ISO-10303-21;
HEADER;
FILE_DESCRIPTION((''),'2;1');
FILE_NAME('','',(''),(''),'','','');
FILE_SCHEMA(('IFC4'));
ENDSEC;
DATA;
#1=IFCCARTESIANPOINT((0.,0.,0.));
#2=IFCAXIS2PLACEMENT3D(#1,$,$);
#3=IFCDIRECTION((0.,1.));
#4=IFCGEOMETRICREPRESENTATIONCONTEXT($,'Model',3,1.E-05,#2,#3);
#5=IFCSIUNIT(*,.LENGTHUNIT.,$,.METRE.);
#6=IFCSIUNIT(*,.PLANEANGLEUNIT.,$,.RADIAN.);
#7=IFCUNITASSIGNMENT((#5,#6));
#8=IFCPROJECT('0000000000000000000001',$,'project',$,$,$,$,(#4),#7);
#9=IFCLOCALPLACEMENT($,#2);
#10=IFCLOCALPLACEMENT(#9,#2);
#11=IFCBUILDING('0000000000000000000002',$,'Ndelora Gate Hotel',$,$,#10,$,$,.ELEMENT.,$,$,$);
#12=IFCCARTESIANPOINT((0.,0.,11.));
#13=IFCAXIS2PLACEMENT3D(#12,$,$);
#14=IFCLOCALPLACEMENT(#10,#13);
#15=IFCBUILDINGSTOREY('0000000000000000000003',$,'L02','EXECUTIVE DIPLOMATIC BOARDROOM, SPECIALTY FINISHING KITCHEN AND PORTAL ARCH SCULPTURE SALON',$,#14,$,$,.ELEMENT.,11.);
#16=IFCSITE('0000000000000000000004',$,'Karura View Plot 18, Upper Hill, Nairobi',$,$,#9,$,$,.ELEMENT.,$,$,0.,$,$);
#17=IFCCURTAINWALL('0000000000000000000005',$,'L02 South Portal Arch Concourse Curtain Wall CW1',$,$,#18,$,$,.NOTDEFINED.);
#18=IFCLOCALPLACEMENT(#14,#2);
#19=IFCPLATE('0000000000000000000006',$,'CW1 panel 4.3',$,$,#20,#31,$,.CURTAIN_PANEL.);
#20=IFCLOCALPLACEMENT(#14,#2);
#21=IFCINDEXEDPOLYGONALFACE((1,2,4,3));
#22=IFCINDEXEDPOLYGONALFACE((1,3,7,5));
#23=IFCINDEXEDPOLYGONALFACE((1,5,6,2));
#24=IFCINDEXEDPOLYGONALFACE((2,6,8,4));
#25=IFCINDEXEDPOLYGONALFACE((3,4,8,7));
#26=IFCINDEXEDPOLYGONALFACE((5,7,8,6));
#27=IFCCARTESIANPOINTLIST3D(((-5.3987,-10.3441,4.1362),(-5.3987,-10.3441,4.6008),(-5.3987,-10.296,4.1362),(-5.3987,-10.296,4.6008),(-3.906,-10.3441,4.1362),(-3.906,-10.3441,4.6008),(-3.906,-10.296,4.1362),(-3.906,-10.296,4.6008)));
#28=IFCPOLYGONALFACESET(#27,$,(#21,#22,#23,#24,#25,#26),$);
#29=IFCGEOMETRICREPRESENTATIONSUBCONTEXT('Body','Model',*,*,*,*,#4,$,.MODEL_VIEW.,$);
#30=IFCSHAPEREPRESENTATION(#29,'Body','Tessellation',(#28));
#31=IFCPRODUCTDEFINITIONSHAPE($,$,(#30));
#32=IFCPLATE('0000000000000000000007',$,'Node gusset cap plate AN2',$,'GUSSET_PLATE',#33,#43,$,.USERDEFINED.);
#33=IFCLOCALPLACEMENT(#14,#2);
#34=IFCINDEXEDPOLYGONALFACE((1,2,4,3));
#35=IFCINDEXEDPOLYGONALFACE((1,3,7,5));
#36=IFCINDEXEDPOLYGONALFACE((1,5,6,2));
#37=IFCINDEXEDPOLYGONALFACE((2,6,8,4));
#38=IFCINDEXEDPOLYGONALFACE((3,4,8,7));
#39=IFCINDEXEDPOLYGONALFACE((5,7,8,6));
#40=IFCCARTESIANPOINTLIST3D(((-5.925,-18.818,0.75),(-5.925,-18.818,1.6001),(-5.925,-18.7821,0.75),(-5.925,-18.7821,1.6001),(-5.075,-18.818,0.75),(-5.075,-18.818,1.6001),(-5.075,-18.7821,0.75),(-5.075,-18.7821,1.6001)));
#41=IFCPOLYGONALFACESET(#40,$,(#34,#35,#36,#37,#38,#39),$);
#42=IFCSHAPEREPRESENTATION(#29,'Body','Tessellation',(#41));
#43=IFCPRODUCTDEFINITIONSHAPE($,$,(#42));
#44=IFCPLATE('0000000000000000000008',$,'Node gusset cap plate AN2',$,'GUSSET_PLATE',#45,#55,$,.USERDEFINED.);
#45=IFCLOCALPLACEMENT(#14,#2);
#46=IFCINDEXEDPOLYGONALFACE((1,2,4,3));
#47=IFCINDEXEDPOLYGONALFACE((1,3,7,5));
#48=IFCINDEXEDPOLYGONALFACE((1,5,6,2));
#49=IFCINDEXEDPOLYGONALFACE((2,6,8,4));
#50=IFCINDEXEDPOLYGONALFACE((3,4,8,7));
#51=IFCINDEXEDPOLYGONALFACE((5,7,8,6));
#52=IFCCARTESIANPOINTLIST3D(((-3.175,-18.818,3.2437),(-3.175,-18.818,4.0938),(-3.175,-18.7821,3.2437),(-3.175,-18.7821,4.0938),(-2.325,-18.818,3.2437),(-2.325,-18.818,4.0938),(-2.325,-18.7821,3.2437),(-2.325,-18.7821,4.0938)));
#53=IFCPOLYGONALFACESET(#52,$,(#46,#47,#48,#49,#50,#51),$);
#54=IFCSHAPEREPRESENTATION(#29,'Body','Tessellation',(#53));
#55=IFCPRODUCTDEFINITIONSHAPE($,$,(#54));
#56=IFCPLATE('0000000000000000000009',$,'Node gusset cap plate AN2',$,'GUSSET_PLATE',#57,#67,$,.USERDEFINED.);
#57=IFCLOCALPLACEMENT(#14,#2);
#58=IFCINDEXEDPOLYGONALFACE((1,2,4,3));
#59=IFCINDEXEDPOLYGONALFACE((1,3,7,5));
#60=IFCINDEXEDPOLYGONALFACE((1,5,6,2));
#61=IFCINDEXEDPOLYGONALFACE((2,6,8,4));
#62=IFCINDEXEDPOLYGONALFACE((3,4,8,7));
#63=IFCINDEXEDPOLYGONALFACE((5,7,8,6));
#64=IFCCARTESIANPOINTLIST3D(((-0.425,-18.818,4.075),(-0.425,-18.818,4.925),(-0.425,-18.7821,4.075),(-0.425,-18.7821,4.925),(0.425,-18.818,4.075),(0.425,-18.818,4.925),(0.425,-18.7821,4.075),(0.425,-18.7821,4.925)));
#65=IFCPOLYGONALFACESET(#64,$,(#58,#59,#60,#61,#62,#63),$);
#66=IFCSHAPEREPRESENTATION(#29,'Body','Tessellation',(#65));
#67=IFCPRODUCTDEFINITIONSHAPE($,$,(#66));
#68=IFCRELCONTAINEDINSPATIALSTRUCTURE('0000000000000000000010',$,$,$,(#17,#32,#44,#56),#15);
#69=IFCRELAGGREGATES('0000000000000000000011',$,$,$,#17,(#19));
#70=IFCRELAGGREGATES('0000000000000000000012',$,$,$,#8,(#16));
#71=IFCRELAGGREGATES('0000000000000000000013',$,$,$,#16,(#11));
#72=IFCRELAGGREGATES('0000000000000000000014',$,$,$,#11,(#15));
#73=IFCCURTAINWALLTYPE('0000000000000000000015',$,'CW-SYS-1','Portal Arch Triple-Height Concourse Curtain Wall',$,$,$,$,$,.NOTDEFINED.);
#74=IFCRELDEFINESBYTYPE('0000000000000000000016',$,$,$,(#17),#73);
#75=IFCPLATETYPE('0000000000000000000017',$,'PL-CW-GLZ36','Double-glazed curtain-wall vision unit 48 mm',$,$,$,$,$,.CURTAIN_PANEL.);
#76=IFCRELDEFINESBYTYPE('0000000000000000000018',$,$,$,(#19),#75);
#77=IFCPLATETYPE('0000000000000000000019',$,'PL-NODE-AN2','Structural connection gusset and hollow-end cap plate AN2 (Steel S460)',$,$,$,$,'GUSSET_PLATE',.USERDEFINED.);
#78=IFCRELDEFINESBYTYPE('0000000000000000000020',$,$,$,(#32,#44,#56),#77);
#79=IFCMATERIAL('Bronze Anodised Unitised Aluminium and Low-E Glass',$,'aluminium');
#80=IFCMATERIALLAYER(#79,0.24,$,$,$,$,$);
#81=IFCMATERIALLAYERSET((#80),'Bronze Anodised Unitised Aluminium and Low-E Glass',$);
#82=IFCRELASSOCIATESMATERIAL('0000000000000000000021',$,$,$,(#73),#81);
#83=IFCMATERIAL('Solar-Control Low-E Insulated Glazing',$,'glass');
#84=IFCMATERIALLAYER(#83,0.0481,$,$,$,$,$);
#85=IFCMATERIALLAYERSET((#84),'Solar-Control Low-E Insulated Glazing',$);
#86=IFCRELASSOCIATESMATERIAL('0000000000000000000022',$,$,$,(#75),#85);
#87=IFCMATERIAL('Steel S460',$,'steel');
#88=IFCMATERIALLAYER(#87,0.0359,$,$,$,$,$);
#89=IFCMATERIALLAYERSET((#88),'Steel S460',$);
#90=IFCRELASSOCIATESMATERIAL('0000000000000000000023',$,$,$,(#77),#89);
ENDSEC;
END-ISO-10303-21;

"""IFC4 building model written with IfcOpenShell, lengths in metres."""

from ifc_helpers import new_model, si_unit, direction, frame, origin, origin_2d, place, context, subcontext, project, spatial, rectangle, extrude, material, layer, layer_set, type_object, element, aggregate, save


model = new_model("IFC4")

# Units and contexts
model_context = context("Model", 3, precision=1e-05, world=origin(), true_north=direction((0.0, 1.0)))
body_context = subcontext(model_context, "Body", "Model", "MODEL_VIEW")
ifc_project = project(units=[si_unit("LENGTHUNIT", "METRE"), si_unit("PLANEANGLEUNIT", "RADIAN")], contexts=[model_context])

# Site, building, storey
site_placement = place(None, origin())
site = spatial("IfcSite", under=ifc_project, at=site_placement, Name="Karura View Plot 18, Upper Hill, Nairobi", CompositionType="ELEMENT", RefElevation=0.0)
building_placement = place(site_placement, origin())
building = spatial("IfcBuilding", under=site, at=building_placement, Name="Ndelora Gate Hotel", CompositionType="ELEMENT")
storey_placement = place(building_placement, frame((0.0, 0.0, 11.0)))
storey = spatial("IfcBuildingStorey", under=building, at=storey_placement, Name="L02", Description="EXECUTIVE DIPLOMATIC BOARDROOM, SPECIALTY FINISHING KITCHEN AND PORTAL ARCH SCULPTURE SALON", CompositionType="ELEMENT", Elevation=11.0)

# Shared definitions
ifc_material_1 = material(Name="Steel S460", Category="steel")

# Curtain wall, plate
ifc_material_2 = material(Name="Bronze Anodised Unitised Aluminium and Low-E Glass", Category="aluminium")
ifc_layer_1 = layer(ifc_material_2, 0.24)
ifc_layer_set_1 = layer_set([ifc_layer_1], Name="Bronze Anodised Unitised Aluminium and Low-E Glass")
curtain_wall_type = type_object("IfcCurtainWallType", Name="CW-SYS-1", Description="Portal Arch Triple-Height Concourse Curtain Wall", PredefinedType="NOTDEFINED", material=ifc_layer_set_1)
curtain_wall_placement = place(storey_placement, origin())
curtain_wall = element("IfcCurtainWall", 1, at=curtain_wall_placement, inside=storey, type_object=curtain_wall_type, Name="L02 South Portal Arch Concourse Curtain Wall CW1", PredefinedType="NOTDEFINED")
ifc_material_3 = material(Name="Solar-Control Low-E Insulated Glazing", Category="glass")
ifc_layer_2 = layer(ifc_material_3, 0.0481)
ifc_layer_set_2 = layer_set([ifc_layer_2], Name="Solar-Control Low-E Insulated Glazing")
plate_type_1 = type_object("IfcPlateType", Name="PL-CW-GLZ36", Description="Double-glazed curtain-wall vision unit 48 mm", PredefinedType="CURTAIN_PANEL", material=ifc_layer_set_2)
plate_1_placement = place(storey_placement, frame((-4.6523, -10.3201, 4.1362), z_axis=(0.0, 0.0, 1.0), x_axis=(1.0, 0.0, 0.0)))
plate_1 = element("IfcPlate", 2, at=plate_1_placement, type_object=plate_type_1, Name="CW1 panel 4.3", PredefinedType="CURTAIN_PANEL", context=body_context, shape_type="SweptSolid", body=[
    extrude(rectangle(XDim=1.4927, YDim=0.0481, at=origin_2d()), origin(), (0.0, 0.0, 1.0), 0.4646),
])
aggregate(curtain_wall, [plate_1])

# Plates
ifc_layer_3 = layer(ifc_material_1, 0.0359)
ifc_layer_set_3 = layer_set([ifc_layer_3], Name="Steel S460")
plate_type_2 = type_object("IfcPlateType", Name="PL-NODE-AN2", Description="Structural connection gusset and hollow-end cap plate AN2 (Steel S460)", ElementType="GUSSET_PLATE", PredefinedType="USERDEFINED", material=ifc_layer_set_3)
for number, where, z_axis, x_axis, name in (
    (3, (-5.5, -18.8, 0.75), (0.0, 0.0, 1.0), (1.0, 0.0, 0.0), "Node gusset cap plate AN2"),
    (4, (-2.75, -18.8, 3.2437), (0.0, 0.0, 1.0), (1.0, 0.0, 0.0), "Node gusset cap plate AN2"),
    (5, (0.0, -18.8, 4.075), (0.0, 0.0, 1.0), (1.0, 0.0, 0.0), "Node gusset cap plate AN2"),
):
    element("IfcPlate", number, at=place(storey_placement, frame(where, z_axis=z_axis, x_axis=x_axis)), inside=storey, type_object=plate_type_2, Name=name, ObjectType="GUSSET_PLATE", PredefinedType="USERDEFINED", context=body_context, shape_type="SweptSolid", body=[
        extrude(rectangle(XDim=0.8501, YDim=0.0359, at=origin_2d()), origin(), (0.0, 0.0, 1.0), 0.8501),
    ])

save(model, "model.ifc")
